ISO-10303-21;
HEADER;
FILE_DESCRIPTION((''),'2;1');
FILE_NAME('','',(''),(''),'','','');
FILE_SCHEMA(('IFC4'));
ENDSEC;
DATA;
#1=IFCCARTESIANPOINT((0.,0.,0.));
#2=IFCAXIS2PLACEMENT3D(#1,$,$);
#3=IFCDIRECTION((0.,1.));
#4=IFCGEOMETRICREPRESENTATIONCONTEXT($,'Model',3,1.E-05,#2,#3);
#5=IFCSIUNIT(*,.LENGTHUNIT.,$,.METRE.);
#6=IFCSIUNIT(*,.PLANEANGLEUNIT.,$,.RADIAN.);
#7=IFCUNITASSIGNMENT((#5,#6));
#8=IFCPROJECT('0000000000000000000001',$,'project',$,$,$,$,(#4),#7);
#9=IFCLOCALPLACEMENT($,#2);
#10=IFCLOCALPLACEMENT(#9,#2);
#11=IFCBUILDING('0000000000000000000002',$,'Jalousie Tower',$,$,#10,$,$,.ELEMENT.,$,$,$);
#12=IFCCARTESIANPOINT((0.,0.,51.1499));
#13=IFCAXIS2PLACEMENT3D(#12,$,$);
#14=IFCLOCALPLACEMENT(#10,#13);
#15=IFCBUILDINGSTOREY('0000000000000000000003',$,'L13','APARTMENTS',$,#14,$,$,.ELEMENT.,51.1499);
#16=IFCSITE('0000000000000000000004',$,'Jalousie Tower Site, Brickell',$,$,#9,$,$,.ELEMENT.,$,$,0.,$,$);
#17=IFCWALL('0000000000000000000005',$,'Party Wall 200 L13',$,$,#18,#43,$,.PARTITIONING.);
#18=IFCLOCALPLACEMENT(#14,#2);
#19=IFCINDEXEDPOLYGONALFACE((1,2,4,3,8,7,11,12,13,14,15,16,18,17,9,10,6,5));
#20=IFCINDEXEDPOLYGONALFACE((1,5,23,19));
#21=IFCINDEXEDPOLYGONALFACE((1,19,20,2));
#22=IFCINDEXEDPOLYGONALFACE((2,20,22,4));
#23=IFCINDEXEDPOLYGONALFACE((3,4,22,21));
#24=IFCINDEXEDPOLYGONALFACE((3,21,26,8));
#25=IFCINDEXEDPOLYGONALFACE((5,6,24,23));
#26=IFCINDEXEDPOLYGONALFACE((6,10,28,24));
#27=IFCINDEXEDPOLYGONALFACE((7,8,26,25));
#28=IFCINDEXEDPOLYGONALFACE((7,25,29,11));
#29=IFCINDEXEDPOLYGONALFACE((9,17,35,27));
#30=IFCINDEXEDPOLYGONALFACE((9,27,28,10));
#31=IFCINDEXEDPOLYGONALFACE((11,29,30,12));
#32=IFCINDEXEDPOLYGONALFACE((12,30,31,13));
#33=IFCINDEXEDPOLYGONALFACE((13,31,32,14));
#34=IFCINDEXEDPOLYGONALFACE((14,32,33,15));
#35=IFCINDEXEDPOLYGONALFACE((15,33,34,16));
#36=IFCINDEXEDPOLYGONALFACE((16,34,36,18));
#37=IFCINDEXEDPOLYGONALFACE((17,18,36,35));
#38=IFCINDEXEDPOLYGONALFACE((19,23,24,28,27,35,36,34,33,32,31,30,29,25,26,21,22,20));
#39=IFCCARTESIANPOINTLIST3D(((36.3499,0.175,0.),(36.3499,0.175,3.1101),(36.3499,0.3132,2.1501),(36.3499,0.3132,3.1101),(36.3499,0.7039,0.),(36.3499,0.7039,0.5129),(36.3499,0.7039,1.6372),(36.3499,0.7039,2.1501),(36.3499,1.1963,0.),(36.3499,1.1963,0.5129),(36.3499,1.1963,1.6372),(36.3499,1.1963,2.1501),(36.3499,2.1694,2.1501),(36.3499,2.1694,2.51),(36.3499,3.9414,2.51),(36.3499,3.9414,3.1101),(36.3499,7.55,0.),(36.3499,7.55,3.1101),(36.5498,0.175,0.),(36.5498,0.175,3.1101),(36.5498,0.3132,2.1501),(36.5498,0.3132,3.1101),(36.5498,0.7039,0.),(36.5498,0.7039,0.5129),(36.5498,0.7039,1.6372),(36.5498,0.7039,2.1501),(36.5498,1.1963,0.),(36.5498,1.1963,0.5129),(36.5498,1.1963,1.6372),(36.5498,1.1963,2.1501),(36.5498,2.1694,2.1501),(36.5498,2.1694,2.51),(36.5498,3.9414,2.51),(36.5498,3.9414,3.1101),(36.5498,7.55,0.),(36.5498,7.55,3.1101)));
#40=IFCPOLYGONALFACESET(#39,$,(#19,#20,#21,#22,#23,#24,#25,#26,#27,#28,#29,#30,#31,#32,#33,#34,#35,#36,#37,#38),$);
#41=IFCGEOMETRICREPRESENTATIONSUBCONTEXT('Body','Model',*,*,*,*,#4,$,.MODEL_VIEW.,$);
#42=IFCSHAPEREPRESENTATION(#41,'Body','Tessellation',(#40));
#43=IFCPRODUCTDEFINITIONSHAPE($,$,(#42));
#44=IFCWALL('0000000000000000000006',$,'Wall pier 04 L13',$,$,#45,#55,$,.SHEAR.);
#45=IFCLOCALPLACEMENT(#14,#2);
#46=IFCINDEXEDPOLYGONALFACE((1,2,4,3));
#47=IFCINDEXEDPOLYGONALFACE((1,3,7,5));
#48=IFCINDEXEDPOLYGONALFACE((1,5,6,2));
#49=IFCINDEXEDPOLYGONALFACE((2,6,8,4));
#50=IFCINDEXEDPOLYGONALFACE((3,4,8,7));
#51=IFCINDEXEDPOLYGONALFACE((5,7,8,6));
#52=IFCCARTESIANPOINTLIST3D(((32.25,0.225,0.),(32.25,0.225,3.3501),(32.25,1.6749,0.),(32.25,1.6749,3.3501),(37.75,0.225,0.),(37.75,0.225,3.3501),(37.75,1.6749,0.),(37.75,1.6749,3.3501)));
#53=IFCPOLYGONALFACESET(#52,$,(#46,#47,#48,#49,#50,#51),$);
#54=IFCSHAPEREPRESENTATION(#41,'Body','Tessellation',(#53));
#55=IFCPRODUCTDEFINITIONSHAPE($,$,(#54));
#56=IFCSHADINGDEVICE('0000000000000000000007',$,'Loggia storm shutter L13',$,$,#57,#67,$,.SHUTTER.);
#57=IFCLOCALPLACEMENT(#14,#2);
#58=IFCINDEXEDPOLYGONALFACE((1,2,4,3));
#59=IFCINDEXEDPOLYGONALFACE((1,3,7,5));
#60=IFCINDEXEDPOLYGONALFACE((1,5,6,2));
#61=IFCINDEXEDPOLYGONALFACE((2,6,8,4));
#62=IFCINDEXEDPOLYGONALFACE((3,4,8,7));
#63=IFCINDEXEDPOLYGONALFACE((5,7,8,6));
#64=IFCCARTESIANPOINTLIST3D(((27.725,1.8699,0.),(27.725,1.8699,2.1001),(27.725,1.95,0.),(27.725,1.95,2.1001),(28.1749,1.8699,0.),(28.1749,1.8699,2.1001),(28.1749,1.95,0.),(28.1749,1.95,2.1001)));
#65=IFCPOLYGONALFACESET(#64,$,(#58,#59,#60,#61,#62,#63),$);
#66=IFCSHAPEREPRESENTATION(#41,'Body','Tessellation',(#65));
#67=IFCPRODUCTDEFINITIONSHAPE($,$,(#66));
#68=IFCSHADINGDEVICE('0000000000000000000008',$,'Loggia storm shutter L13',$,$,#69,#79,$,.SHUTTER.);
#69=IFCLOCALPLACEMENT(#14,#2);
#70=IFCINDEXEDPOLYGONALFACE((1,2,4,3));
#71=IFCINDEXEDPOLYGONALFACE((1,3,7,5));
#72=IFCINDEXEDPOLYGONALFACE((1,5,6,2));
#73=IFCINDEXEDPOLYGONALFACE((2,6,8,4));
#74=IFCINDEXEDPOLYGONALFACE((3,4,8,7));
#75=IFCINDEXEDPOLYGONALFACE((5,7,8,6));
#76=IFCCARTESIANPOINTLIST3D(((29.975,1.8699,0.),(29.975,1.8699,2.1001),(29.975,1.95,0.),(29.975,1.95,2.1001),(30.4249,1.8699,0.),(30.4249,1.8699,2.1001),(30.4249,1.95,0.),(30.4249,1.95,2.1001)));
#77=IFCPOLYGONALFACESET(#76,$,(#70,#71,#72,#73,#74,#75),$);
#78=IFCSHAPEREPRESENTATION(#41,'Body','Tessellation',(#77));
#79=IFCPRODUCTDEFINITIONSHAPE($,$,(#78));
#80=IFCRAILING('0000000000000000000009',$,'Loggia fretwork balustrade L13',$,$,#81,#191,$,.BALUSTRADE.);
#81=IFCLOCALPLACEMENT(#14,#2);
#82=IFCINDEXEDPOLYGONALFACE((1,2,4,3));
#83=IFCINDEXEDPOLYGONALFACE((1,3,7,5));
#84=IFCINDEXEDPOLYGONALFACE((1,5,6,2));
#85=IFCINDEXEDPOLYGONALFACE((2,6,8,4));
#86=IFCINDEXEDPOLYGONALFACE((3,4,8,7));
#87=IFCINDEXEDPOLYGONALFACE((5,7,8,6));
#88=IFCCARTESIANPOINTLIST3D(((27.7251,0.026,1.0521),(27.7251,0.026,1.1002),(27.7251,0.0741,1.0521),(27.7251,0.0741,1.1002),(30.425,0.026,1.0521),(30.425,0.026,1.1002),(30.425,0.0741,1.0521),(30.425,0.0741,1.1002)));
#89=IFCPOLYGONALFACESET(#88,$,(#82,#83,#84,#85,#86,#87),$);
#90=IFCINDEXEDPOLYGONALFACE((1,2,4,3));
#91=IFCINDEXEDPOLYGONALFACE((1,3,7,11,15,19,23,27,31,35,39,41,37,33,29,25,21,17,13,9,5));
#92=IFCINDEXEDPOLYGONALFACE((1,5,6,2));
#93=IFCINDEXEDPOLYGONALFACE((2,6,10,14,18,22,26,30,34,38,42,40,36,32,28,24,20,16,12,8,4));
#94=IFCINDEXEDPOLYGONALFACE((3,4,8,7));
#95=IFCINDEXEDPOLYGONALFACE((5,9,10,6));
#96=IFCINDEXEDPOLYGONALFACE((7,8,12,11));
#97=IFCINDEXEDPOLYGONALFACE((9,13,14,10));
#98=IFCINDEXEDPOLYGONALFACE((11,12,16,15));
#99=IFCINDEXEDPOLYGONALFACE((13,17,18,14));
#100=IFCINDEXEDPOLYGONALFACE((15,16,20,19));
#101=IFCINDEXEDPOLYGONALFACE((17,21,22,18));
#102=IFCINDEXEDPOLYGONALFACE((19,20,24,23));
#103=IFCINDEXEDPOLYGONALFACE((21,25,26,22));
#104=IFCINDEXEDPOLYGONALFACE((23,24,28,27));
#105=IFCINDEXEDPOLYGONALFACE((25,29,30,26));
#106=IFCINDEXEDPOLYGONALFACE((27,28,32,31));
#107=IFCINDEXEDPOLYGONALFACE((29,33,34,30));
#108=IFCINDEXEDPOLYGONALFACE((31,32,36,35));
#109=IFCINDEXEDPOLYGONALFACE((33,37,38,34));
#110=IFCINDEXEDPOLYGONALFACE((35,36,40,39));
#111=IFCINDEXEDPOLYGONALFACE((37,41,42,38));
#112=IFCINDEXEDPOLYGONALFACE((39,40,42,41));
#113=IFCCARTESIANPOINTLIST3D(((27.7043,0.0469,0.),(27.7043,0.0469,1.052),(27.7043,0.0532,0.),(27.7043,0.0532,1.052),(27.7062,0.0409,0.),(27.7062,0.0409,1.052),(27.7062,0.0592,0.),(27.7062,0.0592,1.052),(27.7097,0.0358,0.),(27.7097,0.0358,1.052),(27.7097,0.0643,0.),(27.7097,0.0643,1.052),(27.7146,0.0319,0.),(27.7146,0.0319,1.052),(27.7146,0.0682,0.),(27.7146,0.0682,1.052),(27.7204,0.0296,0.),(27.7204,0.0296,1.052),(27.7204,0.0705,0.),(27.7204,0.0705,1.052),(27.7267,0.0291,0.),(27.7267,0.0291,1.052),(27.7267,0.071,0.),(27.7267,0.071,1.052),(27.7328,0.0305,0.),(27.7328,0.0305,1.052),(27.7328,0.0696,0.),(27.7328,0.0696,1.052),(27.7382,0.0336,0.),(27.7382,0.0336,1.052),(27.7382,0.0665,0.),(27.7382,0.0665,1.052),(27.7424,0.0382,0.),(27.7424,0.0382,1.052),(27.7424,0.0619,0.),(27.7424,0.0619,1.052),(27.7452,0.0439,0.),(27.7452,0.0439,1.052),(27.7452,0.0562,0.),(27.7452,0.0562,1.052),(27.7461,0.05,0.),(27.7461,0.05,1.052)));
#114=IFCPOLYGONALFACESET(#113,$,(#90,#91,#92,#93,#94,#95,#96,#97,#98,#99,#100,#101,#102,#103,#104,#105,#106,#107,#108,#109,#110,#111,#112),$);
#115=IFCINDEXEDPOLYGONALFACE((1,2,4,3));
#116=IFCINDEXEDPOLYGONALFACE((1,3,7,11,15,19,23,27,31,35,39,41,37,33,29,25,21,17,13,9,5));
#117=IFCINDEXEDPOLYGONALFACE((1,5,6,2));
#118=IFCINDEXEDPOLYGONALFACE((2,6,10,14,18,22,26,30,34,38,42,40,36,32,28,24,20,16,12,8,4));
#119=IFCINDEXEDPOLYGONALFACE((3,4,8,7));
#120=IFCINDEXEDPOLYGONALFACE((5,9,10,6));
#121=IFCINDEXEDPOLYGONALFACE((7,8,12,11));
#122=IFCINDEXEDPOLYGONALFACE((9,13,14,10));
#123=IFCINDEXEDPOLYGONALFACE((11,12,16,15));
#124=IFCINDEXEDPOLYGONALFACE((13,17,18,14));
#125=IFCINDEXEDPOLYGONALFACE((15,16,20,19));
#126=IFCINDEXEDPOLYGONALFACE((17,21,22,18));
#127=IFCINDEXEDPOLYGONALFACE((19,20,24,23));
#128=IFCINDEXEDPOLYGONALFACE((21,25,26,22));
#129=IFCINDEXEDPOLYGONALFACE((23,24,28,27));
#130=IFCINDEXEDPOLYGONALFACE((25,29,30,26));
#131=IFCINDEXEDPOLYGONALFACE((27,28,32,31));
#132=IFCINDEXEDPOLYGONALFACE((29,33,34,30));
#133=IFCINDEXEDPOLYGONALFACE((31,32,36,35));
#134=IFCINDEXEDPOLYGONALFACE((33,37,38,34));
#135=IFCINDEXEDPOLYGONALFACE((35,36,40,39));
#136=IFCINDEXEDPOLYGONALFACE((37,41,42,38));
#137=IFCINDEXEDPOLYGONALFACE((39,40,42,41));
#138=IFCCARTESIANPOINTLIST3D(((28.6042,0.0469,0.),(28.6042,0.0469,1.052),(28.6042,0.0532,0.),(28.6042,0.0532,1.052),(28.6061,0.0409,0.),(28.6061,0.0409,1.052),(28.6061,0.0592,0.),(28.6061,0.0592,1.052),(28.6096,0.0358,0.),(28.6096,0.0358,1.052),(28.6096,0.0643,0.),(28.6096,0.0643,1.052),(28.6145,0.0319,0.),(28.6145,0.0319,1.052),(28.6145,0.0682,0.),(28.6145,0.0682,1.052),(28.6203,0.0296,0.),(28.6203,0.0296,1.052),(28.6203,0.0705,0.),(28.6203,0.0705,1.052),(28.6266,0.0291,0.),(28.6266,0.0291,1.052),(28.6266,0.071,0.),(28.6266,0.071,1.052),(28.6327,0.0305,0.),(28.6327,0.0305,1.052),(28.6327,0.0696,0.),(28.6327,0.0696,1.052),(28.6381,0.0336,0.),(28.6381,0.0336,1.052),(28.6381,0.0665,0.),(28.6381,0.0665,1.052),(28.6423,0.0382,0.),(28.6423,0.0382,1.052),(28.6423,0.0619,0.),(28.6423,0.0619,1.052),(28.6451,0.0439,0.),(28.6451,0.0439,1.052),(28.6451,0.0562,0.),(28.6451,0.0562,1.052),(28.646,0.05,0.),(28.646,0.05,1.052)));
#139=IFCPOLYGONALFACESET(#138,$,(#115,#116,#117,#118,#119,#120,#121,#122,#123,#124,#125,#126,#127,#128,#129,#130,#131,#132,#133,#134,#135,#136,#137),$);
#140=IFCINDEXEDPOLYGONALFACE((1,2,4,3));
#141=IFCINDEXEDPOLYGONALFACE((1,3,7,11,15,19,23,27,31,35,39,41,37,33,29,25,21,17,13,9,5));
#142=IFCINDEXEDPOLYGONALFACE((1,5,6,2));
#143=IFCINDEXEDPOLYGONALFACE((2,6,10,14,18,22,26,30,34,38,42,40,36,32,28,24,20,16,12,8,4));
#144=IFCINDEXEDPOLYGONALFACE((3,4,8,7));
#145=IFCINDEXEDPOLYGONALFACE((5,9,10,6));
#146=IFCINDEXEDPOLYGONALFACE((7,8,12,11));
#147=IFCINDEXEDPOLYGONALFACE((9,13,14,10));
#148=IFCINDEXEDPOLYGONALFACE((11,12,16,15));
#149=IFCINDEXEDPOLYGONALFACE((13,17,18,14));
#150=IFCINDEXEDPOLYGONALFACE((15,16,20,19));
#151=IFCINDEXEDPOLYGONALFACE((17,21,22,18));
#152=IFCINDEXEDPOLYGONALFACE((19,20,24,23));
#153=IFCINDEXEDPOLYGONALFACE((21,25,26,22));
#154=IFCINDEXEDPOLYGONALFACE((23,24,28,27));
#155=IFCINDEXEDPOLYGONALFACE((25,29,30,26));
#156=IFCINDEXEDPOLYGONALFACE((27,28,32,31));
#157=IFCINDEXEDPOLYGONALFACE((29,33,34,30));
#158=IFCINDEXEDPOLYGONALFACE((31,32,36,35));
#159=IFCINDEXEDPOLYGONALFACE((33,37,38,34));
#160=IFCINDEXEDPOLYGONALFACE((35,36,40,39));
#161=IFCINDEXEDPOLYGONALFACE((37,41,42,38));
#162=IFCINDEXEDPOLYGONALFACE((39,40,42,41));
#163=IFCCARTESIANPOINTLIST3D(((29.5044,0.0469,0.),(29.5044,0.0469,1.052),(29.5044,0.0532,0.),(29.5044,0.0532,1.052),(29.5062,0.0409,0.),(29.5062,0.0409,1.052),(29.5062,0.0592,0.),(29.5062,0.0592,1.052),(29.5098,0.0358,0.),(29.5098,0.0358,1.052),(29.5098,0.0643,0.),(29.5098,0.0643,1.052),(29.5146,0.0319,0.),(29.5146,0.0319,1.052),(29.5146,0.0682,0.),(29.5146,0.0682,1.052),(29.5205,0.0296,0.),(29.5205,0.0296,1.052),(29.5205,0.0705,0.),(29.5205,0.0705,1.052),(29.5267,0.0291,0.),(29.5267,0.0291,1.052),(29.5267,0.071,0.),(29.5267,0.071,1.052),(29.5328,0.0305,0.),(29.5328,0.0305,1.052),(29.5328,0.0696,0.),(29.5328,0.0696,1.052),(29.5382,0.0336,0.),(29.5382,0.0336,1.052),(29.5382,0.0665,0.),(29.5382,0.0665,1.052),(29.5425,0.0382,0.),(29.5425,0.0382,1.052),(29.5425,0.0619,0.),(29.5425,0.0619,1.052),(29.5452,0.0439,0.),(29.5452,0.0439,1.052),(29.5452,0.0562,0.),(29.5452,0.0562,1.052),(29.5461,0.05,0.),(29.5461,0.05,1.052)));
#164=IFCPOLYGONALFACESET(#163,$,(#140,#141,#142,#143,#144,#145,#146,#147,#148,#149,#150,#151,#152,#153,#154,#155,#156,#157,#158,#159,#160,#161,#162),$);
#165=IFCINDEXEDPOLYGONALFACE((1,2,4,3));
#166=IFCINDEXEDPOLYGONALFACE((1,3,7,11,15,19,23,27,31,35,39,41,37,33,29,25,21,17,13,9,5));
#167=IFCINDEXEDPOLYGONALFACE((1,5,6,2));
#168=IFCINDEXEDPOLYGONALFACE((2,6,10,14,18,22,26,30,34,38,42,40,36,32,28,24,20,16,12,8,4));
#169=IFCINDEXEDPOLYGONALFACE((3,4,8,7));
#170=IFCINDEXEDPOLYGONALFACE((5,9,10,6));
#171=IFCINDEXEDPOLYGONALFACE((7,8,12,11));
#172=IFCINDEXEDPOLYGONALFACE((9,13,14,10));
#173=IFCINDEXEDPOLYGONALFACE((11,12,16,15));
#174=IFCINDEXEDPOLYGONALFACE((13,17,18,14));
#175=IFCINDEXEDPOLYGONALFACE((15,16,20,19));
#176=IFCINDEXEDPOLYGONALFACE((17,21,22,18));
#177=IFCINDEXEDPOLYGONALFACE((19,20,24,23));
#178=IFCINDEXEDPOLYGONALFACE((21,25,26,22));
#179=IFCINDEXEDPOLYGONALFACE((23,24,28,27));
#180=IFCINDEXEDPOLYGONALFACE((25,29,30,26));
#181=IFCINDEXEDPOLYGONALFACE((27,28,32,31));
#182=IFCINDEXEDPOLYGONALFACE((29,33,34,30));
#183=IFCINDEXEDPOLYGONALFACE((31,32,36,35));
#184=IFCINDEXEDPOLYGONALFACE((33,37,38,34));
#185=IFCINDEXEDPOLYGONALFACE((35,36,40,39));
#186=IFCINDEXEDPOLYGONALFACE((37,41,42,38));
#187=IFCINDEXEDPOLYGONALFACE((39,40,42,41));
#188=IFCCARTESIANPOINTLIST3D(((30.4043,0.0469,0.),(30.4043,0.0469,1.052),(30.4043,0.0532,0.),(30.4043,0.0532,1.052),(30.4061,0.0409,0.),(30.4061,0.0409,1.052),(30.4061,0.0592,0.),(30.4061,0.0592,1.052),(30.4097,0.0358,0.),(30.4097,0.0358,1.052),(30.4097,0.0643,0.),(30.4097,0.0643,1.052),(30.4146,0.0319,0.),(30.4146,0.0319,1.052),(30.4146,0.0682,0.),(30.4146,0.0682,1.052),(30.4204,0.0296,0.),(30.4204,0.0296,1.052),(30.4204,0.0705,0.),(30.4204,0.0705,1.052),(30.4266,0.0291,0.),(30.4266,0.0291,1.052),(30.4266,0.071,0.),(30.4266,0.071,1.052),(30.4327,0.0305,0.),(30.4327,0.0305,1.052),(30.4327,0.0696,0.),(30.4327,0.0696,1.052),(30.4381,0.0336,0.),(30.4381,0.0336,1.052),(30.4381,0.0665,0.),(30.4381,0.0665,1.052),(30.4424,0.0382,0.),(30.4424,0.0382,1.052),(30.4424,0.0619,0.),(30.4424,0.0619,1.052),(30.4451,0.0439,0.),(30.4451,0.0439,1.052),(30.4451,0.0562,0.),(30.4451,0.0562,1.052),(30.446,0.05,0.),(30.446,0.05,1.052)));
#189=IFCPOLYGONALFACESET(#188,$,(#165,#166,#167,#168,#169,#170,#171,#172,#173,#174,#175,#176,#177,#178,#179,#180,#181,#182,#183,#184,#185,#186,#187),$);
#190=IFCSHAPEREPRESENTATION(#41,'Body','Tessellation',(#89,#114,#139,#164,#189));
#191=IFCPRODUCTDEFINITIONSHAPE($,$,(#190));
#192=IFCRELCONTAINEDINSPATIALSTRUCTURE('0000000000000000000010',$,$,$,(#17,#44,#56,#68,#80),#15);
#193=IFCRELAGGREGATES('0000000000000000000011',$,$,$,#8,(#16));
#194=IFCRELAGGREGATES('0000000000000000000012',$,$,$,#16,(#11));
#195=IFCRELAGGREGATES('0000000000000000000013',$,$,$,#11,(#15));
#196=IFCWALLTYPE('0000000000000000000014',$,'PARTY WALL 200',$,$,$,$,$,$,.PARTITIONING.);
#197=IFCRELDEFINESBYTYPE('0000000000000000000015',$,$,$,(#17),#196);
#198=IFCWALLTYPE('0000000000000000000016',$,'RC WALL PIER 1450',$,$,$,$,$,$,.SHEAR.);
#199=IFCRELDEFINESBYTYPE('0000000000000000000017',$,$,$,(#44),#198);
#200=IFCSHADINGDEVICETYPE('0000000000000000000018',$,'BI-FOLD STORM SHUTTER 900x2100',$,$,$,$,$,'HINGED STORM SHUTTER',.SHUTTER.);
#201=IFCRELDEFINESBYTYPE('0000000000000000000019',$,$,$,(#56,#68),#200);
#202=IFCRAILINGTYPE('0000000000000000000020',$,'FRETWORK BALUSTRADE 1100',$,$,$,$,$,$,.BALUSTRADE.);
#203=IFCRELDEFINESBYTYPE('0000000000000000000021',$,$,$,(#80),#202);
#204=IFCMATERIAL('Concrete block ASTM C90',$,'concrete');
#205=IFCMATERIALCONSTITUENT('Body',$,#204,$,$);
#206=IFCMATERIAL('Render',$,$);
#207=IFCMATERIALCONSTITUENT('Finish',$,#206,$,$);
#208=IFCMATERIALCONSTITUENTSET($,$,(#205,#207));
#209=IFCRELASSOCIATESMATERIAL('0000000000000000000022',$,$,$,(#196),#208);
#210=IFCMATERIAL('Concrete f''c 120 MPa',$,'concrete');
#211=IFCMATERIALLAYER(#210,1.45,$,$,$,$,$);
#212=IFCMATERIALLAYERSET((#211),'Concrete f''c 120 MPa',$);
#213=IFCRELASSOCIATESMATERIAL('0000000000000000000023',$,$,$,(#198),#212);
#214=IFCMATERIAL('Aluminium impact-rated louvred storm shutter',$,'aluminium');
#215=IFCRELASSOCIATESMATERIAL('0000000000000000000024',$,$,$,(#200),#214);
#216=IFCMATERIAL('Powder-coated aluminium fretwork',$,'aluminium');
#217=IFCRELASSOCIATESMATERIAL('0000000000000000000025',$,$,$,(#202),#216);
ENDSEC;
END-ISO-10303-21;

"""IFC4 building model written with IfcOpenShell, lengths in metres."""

from ifc_helpers import new_model, si_unit, direction, frame, frame_2d, origin, origin_2d, place, context, subcontext, project, spatial, polyline, rectangle, circle, outline, extrude, material, layer, layer_set, constituent, constituent_set, type_object, element, save


model = new_model("IFC4")

# Units and contexts
model_context = context("Model", 3, precision=1e-05, world=origin(), true_north=direction((0.0, 1.0)))
body_context = subcontext(model_context, "Body", "Model", "MODEL_VIEW")
ifc_project = project(units=[si_unit("LENGTHUNIT", "METRE"), si_unit("PLANEANGLEUNIT", "RADIAN")], contexts=[model_context])

# Site, building, storey
site_placement = place(None, origin())
site = spatial("IfcSite", under=ifc_project, at=site_placement, Name="Jalousie Tower Site, Brickell", CompositionType="ELEMENT", RefElevation=0.0)
building_placement = place(site_placement, origin())
building = spatial("IfcBuilding", under=site, at=building_placement, Name="Jalousie Tower", CompositionType="ELEMENT")
storey_placement = place(building_placement, frame((0.0, 0.0, 51.1499)))
storey = spatial("IfcBuildingStorey", under=building, at=storey_placement, Name="L13", Description="APARTMENTS", CompositionType="ELEMENT", Elevation=51.1499)

# Walls
ifc_material_1 = material(Name="Concrete block ASTM C90", Category="concrete")
ifc_constituent_1 = constituent(ifc_material_1, Name="Body")
ifc_material_2 = material(Name="Render")
ifc_constituent_2 = constituent(ifc_material_2, Name="Finish")
ifc_constituent_set_1 = constituent_set(constituents=[ifc_constituent_1, ifc_constituent_2])
wall_type_1 = type_object("IfcWallType", Name="PARTY WALL 200", PredefinedType="PARTITIONING", material=ifc_constituent_set_1)
wall_1_placement = place(storey_placement, frame((36.45, 0.175, 0.0), z_axis=(0.0, 0.0, 1.0), x_axis=(0.0, 1.0, 0.0)))
element("IfcWall", 1, at=wall_1_placement, inside=storey, type_object=wall_type_1, Name="Party Wall 200 L13", PredefinedType="PARTITIONING", context=body_context, shape_type="SweptSolid", body=[
    extrude(outline(polyline([(0.1382, 3.1101), (0.0, 3.1101), (0.0, 0.0), (0.5288, 0.0), (0.5288, 0.5129), (1.0212, 0.5129), (1.0212, 0.0), (7.375, 0.0), (7.375, 3.1101), (3.7664, 3.1101), (3.7664, 2.51), (1.9944, 2.51), (1.9944, 2.1501), (1.0212, 2.1501), (1.0212, 1.6372), (0.5288, 1.6372), (0.5288, 2.1501), (0.1382, 2.1501), (0.1382, 3.1101)])), frame((0.0, 0.1001, 0.0), z_axis=(0.0, -1.0, 0.0), x_axis=(1.0, 0.0, 0.0)), (0.0, 0.0, 1.0), 0.2),
])
ifc_material_3 = material(Name="Concrete f'c 120 MPa", Category="concrete")
ifc_layer_1 = layer(ifc_material_3, 1.45)
ifc_layer_set_1 = layer_set([ifc_layer_1], Name="Concrete f'c 120 MPa")
wall_type_2 = type_object("IfcWallType", Name="RC WALL PIER 1450", PredefinedType="SHEAR", material=ifc_layer_set_1)
wall_2_placement = place(storey_placement, frame((32.25, 0.95, 0.0), z_axis=(0.0, 0.0, 1.0), x_axis=(1.0, 0.0, 0.0)))
element("IfcWall", 2, at=wall_2_placement, inside=storey, type_object=wall_type_2, Name="Wall pier 04 L13", PredefinedType="SHEAR", context=body_context, shape_type="SweptSolid", body=[
    extrude(rectangle(XDim=5.5, YDim=1.45, at=frame_2d((2.75, 0.0))), origin(), (0.0, 0.0, 1.0), 3.3501),
])

# Shading devices
ifc_material_4 = material(Name="Aluminium impact-rated louvred storm shutter", Category="aluminium")
shading_device_type_1 = type_object("IfcShadingDeviceType", Name="BI-FOLD STORM SHUTTER 900x2100", ElementType="HINGED STORM SHUTTER", PredefinedType="SHUTTER", material=ifc_material_4)
for number, where, z_axis, x_axis, name in (
    (3, (27.95, 1.9099, 0.0), (0.0, 0.0, 1.0), (1.0, 0.0, 0.0), "Loggia storm shutter L13"),
    (4, (30.2, 1.9099, 0.0), (0.0, 0.0, 1.0), (1.0, 0.0, 0.0), "Loggia storm shutter L13"),
):
    element("IfcShadingDevice", number, at=place(storey_placement, frame(where, z_axis=z_axis, x_axis=x_axis)), inside=storey, type_object=shading_device_type_1, Name=name, PredefinedType="SHUTTER", context=body_context, shape_type="SweptSolid", body=[
        extrude(rectangle(XDim=0.45, YDim=0.0801, at=origin_2d()), origin(), (0.0, 0.0, 1.0), 2.1001),
    ])

# Railing
ifc_material_5 = material(Name="Powder-coated aluminium fretwork", Category="aluminium")
railing_type = type_object("IfcRailingType", Name="FRETWORK BALUSTRADE 1100", PredefinedType="BALUSTRADE", material=ifc_material_5)
railing_placement = place(storey_placement, frame((27.7251, 0.05, 0.0)))
element("IfcRailing", 5, at=railing_placement, inside=storey, type_object=railing_type, Name="Loggia fretwork balustrade L13", PredefinedType="BALUSTRADE", context=body_context, shape_type="SweptSolid", body=[
    extrude(rectangle(XDim=0.0481, YDim=0.0481, at=origin_2d()), frame((0.0, 0.0, 1.0762), z_axis=(1.0, 0.0, 0.0), x_axis=(0.0, 1.0, 0.0)), (0.0, 0.0, 1.0), 2.7),
    extrude(circle(Radius=0.021, at=origin_2d()), origin(), (0.0, 0.0, 1.0), 1.052),
    extrude(circle(Radius=0.021, at=origin_2d()), frame((0.8999, 0.0, 0.0)), (0.0, 0.0, 1.0), 1.052),
    extrude(circle(Radius=0.021, at=origin_2d()), frame((1.8, 0.0, 0.0)), (0.0, 0.0, 1.0), 1.052),
    extrude(circle(Radius=0.021, at=origin_2d()), frame((2.7, 0.0, 0.0)), (0.0, 0.0, 1.0), 1.052),
])

save(model, "model.ifc")
